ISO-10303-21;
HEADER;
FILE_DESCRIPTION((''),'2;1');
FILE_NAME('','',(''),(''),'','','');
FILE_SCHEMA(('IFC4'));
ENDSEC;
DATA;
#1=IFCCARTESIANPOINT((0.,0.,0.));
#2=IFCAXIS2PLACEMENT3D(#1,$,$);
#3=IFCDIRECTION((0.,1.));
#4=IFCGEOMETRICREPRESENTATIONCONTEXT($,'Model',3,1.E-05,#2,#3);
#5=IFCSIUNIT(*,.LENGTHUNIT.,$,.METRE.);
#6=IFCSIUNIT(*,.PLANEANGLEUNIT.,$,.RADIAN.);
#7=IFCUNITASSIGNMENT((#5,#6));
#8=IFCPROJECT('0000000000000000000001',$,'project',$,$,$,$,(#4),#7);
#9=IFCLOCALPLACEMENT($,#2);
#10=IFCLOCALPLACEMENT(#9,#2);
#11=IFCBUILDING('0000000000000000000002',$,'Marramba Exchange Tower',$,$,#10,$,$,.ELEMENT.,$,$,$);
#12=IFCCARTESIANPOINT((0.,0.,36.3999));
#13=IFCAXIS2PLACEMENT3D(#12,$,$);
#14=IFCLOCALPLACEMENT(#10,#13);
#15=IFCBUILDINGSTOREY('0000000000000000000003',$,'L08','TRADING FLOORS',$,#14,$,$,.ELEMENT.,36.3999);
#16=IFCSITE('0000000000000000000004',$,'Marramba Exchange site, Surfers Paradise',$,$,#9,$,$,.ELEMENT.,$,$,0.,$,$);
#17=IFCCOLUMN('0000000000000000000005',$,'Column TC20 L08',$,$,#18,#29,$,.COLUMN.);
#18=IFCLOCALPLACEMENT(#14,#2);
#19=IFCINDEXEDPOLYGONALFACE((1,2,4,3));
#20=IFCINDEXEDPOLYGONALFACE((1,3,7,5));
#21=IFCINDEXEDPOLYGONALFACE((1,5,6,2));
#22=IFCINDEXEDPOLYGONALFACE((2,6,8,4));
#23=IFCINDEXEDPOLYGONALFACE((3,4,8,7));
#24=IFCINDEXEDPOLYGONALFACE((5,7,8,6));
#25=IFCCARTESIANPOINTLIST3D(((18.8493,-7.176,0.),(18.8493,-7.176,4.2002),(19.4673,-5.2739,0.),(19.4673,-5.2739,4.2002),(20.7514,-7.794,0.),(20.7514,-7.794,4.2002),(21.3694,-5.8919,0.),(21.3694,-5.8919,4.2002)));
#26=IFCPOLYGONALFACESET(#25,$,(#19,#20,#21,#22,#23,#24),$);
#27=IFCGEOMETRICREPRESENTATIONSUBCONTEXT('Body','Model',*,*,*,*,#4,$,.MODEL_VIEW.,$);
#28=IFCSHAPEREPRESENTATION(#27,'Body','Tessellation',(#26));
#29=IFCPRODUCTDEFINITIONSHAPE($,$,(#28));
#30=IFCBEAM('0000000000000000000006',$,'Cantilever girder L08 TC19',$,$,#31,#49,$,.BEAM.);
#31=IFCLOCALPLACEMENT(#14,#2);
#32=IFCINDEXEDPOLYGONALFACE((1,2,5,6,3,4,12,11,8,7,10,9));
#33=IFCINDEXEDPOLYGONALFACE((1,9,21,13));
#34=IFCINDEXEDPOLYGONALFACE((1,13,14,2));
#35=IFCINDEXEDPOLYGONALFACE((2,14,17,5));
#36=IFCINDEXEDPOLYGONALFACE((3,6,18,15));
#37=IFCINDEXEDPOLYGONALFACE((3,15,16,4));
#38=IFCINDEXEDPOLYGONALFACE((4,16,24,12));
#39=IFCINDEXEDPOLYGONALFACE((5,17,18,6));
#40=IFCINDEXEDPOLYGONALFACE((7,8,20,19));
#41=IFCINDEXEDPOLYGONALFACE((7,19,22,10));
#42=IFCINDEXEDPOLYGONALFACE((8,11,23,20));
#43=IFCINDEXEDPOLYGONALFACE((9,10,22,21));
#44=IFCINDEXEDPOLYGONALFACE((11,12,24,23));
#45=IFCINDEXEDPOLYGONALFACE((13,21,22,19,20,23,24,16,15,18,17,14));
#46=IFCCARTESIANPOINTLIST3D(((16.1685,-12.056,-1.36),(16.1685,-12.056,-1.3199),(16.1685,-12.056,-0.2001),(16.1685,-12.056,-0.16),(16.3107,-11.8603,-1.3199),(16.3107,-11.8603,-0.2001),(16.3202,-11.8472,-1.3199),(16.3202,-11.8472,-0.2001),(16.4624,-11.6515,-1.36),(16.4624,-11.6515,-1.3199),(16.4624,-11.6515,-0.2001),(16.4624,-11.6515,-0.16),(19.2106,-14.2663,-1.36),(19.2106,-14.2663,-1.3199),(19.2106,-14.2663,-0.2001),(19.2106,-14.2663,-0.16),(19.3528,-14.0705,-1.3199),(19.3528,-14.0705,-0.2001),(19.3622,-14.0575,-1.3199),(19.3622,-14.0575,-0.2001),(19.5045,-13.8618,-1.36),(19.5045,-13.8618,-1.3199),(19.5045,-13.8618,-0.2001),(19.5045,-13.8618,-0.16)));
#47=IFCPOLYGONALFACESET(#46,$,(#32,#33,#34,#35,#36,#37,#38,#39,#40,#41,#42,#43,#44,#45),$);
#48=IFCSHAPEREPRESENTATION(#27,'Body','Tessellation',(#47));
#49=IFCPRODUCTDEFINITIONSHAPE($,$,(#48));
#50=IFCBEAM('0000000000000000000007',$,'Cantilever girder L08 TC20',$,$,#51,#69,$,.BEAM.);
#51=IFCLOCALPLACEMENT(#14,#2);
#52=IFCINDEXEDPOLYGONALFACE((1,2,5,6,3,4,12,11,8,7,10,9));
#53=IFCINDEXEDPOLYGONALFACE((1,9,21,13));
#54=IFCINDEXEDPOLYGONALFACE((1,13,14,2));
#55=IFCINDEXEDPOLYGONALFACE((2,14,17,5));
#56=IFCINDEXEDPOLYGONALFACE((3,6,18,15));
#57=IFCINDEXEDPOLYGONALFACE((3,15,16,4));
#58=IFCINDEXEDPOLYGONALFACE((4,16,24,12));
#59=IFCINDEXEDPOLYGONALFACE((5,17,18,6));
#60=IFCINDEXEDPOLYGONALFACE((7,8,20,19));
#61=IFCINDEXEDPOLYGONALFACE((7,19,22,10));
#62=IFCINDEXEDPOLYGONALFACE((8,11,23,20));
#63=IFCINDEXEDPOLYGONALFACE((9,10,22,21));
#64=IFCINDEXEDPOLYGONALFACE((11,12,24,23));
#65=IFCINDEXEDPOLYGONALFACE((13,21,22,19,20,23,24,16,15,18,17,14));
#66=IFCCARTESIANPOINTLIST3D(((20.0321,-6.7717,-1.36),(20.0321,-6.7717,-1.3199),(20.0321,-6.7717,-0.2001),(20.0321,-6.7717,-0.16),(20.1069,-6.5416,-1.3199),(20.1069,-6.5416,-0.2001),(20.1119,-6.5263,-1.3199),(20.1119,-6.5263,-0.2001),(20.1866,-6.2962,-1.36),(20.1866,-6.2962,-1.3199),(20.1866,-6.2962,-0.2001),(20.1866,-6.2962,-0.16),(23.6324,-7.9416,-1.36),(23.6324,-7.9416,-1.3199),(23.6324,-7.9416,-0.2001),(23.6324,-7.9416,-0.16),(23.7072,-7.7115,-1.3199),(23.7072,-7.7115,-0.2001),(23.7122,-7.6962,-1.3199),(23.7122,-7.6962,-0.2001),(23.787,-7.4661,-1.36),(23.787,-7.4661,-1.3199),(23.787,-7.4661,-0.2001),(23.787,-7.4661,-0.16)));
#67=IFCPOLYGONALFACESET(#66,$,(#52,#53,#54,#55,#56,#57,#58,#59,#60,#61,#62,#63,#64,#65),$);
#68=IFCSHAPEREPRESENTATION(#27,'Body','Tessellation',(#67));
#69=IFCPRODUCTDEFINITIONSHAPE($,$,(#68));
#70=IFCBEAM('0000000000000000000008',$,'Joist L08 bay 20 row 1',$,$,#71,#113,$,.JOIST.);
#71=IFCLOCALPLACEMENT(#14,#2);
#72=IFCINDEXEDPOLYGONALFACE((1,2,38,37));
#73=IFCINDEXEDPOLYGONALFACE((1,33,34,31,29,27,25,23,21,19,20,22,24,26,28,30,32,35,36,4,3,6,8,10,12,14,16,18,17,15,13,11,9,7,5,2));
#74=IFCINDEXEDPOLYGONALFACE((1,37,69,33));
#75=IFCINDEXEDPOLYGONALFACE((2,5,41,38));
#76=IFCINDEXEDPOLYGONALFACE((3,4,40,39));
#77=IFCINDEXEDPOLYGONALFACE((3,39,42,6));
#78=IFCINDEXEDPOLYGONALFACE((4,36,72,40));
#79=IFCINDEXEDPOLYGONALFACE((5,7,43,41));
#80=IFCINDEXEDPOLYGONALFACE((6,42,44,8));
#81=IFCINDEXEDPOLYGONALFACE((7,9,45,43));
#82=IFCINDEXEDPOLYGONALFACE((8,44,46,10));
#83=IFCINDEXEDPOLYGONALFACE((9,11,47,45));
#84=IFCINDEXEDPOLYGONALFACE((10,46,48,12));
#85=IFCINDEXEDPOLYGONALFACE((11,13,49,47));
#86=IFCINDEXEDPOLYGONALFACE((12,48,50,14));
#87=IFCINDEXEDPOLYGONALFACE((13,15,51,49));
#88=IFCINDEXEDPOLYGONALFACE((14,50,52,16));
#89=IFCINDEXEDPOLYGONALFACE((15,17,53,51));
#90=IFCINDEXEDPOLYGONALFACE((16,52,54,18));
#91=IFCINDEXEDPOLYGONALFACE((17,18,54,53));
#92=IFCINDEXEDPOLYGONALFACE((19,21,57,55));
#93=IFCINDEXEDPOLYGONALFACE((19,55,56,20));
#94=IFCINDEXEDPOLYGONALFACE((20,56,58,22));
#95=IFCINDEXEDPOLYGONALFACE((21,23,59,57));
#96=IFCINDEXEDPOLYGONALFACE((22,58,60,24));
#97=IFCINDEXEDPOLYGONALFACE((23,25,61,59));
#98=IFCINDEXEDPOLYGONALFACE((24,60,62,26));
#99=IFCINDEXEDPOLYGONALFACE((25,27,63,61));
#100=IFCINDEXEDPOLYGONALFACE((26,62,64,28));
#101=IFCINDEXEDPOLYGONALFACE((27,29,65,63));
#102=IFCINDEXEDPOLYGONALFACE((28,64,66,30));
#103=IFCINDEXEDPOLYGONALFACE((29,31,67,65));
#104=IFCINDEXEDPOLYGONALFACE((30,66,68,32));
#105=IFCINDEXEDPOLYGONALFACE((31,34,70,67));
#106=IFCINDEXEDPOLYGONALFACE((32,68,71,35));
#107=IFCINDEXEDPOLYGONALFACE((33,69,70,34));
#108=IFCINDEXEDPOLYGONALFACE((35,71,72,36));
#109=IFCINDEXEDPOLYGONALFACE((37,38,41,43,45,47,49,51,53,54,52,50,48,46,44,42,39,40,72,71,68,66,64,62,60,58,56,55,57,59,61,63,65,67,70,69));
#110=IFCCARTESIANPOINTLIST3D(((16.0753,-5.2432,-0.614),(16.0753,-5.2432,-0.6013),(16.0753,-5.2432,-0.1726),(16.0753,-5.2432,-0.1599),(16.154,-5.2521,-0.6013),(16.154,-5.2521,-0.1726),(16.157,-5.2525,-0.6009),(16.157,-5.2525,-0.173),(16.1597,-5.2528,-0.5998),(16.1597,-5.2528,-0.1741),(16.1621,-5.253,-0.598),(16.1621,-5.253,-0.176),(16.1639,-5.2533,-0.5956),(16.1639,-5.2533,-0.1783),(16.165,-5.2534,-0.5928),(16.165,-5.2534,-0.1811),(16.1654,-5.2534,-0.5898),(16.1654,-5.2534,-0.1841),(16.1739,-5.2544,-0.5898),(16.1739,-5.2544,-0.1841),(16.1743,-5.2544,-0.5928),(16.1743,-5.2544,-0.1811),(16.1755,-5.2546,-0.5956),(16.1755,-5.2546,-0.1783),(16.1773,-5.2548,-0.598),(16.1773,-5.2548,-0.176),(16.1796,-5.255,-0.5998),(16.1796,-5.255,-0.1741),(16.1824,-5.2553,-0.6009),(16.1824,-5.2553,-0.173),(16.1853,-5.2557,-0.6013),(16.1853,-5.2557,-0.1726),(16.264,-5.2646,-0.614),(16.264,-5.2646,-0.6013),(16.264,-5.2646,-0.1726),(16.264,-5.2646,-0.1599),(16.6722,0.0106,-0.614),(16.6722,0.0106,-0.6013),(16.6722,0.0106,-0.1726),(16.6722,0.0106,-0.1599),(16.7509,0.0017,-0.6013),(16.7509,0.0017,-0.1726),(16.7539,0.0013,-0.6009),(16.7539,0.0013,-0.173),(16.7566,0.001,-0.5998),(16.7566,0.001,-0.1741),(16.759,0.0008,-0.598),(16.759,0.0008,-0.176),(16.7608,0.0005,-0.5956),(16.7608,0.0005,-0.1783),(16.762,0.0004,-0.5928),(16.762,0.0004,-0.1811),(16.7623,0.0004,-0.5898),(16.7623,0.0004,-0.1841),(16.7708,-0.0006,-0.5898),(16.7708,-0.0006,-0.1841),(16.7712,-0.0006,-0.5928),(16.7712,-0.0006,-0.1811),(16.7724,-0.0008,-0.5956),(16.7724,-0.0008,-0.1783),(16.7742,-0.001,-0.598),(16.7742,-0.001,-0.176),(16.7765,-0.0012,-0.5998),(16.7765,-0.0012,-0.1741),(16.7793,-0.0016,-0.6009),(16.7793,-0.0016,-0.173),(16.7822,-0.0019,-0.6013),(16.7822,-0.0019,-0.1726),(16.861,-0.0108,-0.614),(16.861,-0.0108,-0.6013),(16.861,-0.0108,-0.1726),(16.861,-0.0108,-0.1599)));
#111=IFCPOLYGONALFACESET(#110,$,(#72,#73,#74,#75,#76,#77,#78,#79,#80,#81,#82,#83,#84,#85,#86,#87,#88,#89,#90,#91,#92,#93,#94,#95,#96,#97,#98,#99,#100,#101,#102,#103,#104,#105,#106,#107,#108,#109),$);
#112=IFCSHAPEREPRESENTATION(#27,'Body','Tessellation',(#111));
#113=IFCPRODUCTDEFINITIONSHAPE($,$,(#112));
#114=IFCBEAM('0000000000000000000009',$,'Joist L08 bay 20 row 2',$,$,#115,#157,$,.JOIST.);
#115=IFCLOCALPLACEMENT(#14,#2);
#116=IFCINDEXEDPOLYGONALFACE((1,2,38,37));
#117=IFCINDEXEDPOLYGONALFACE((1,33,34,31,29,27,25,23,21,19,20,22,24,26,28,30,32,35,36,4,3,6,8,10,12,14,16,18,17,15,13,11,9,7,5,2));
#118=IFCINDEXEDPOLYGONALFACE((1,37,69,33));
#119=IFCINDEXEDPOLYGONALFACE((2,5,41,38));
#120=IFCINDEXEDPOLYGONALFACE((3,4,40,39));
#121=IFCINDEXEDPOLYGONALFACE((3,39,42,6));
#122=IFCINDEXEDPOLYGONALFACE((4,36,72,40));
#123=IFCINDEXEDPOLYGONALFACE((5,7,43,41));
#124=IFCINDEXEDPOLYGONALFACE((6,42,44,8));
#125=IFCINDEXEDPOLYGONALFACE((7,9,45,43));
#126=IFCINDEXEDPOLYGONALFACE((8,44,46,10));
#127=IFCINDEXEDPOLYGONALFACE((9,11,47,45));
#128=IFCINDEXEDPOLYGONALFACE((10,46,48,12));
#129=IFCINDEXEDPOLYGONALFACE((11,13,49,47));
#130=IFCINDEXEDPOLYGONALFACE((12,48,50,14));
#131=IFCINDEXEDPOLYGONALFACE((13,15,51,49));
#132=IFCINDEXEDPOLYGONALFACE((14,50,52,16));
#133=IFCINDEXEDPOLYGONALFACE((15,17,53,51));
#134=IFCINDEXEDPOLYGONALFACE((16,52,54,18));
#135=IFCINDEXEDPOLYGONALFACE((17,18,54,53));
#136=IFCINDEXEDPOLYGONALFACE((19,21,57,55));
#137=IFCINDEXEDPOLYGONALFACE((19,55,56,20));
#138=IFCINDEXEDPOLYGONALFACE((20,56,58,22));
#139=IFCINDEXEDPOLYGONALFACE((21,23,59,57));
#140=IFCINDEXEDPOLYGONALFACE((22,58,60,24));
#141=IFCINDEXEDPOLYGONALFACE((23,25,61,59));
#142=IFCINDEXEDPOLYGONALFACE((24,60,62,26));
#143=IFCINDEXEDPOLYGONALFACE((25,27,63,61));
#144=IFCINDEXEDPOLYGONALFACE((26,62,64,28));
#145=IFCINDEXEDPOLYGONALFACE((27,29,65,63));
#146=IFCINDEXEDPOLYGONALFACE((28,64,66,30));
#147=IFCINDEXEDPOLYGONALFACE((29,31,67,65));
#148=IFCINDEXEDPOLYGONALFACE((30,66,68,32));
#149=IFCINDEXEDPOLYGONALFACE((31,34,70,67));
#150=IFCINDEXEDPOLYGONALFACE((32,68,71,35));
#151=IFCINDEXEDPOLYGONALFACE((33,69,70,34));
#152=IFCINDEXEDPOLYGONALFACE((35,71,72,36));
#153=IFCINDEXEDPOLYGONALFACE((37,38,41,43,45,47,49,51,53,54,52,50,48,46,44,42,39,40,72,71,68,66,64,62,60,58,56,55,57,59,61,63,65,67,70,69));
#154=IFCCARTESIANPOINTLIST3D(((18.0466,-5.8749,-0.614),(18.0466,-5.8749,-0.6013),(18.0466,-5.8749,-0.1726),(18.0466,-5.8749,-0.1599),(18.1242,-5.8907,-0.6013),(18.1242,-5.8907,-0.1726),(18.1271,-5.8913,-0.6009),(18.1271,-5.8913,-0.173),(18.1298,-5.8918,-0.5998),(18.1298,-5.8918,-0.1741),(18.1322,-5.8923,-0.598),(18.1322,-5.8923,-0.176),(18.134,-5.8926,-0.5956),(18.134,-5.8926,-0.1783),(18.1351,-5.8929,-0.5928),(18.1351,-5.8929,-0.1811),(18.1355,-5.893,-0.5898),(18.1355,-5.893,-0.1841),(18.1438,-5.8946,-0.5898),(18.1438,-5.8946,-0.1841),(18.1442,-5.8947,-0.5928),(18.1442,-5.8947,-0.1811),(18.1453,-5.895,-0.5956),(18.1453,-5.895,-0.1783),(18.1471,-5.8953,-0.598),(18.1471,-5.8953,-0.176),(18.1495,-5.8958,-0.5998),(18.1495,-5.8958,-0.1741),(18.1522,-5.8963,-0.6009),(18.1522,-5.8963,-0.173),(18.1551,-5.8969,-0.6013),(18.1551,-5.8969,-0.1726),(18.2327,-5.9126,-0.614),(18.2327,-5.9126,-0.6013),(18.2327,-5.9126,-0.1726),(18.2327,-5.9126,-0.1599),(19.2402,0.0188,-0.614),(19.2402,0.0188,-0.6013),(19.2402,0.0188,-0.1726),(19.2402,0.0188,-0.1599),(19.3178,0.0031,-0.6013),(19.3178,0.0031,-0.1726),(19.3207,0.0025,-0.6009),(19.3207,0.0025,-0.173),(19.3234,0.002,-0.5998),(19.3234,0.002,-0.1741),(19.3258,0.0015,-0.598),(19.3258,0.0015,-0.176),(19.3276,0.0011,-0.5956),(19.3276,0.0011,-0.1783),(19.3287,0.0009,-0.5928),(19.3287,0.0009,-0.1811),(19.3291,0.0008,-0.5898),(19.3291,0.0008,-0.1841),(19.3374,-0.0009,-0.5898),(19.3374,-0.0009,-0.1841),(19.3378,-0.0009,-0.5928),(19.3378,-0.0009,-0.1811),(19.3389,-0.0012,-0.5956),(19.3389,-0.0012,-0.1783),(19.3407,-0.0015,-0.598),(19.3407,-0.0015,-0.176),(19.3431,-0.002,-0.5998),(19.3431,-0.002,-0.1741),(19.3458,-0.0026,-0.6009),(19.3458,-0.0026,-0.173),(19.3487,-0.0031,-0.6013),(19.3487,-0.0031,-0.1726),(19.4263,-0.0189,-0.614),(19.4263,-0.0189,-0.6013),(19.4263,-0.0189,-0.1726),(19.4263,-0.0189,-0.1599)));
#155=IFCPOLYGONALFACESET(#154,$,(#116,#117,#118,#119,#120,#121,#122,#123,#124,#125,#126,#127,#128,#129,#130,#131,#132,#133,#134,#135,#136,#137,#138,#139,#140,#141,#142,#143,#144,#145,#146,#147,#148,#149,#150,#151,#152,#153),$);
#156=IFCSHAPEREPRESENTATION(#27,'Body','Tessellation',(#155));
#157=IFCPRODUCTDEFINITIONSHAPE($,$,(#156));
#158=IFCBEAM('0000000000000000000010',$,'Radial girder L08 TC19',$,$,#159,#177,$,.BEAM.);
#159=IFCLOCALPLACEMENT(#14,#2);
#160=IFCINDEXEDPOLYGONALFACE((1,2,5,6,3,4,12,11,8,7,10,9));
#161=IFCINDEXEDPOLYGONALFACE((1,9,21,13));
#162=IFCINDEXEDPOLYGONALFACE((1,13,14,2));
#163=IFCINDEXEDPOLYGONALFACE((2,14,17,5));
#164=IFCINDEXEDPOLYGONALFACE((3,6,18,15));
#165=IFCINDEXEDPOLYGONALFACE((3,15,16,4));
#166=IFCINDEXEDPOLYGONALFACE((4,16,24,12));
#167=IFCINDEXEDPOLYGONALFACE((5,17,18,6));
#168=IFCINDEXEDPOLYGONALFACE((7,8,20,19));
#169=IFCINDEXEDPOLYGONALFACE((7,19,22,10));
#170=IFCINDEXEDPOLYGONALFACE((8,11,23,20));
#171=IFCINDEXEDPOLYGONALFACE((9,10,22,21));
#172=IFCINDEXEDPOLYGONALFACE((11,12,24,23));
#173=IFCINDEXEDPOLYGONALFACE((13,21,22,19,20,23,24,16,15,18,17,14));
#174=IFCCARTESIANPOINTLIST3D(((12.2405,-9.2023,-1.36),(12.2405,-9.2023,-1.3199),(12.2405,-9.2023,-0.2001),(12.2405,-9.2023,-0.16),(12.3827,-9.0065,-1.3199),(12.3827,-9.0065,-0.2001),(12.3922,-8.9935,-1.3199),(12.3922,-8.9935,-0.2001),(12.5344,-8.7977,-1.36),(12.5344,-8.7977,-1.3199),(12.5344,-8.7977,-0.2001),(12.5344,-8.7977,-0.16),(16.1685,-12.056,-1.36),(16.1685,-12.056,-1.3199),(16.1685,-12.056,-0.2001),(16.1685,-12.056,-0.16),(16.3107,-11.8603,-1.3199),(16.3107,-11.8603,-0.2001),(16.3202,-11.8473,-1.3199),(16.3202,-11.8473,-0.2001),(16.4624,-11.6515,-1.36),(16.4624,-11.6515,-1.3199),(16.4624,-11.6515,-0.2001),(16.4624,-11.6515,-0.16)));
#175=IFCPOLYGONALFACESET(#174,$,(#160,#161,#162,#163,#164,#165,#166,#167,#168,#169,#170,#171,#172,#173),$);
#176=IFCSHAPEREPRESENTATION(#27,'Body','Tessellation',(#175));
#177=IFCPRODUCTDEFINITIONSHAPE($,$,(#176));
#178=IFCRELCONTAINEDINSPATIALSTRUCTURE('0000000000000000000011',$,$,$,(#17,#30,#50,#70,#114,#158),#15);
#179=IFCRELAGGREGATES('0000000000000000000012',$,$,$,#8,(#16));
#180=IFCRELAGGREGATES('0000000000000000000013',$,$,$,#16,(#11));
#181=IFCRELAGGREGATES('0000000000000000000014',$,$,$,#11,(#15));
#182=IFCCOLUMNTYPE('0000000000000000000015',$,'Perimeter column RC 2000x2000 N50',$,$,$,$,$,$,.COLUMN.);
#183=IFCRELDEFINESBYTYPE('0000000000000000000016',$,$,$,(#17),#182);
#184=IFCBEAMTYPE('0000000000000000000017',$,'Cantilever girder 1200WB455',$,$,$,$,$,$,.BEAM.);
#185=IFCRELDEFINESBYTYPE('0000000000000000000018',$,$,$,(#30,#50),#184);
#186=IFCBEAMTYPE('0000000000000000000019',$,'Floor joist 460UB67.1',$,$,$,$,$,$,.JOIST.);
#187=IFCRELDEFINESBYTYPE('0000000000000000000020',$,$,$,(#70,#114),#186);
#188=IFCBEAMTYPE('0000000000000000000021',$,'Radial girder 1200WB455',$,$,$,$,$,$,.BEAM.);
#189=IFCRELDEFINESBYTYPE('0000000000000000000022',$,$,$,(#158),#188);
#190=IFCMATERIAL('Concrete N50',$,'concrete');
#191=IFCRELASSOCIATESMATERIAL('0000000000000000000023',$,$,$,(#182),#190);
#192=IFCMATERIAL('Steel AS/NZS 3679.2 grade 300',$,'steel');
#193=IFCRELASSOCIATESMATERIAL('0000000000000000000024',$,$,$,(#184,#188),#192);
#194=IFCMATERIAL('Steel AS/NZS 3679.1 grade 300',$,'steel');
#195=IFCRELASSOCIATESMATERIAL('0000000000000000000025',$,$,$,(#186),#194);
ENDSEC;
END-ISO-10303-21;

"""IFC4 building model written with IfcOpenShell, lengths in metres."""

from ifc_helpers import new_model, si_unit, direction, frame, origin, origin_2d, place, context, subcontext, project, spatial, rectangle, i_section, extrude, material, material_profile, profile_set, type_object, element, save


model = new_model("IFC4")

# Units and contexts
model_context = context("Model", 3, precision=1e-05, world=origin(), true_north=direction((0.0, 1.0)))
body_context = subcontext(model_context, "Body", "Model", "MODEL_VIEW")
ifc_project = project(units=[si_unit("LENGTHUNIT", "METRE"), si_unit("PLANEANGLEUNIT", "RADIAN")], contexts=[model_context])

# Site, building, storey
site_placement = place(None, origin())
site = spatial("IfcSite", under=ifc_project, at=site_placement, Name="Marramba Exchange site, Surfers Paradise", CompositionType="ELEMENT", RefElevation=0.0)
building_placement = place(site_placement, origin())
building = spatial("IfcBuilding", under=site, at=building_placement, Name="Marramba Exchange Tower", CompositionType="ELEMENT")
storey_placement = place(building_placement, frame((0.0, 0.0, 36.3999)))
storey = spatial("IfcBuildingStorey", under=building, at=storey_placement, Name="L08", Description="TRADING FLOORS", CompositionType="ELEMENT", Elevation=36.3999)

# Column
ifc_material_1 = material(Name="Concrete N50", Category="concrete")
ifc_material_profile_1 = material_profile(ifc_material_1, rectangle(XDim=2.0, YDim=2.0, at=origin_2d()), Name="RC 2000x2000")
ifc_profile_set_1 = profile_set([ifc_material_profile_1], Name="Concrete N50")
column_type = type_object("IfcColumnType", Name="Perimeter column RC 2000x2000 N50", PredefinedType="COLUMN", material=ifc_profile_set_1)
column_placement = place(storey_placement, frame((20.1094, -6.5339, 0.0), z_axis=(0.0, 0.0, 1.0), x_axis=(0.951057, -0.309017, 0.0)))
element("IfcColumn", 1, at=column_placement, inside=storey, type_object=column_type, Name="Column TC20 L08", PredefinedType="COLUMN", context=body_context, shape_type="SweptSolid", body=[
    extrude(rectangle(XDim=2.0, YDim=2.0, at=origin_2d()), origin(), (0.0, 0.0, 1.0), 4.2002),
])

# Beams
ifc_material_2 = material(Name="Steel AS/NZS 3679.2 grade 300", Category="steel")
ifc_material_profile_2 = material_profile(ifc_material_2, i_section(OverallWidth=0.5, OverallDepth=1.2, WebThickness=0.0161, FlangeThickness=0.04, at=origin_2d()), Name="1200WB455")
ifc_profile_set_2 = profile_set([ifc_material_profile_2], Name="Steel AS/NZS 3679.2 grade 300")
beam_type_1 = type_object("IfcBeamType", Name="Cantilever girder 1200WB455", PredefinedType="BEAM", material=ifc_profile_set_2)
beam_1_placement = place(storey_placement, frame((16.3154, -11.8538, -0.76), z_axis=(0.809008, -0.587797, 0.0), x_axis=(0.587797, 0.809008, 0.0)))
element("IfcBeam", 2, at=beam_1_placement, inside=storey, type_object=beam_type_1, Name="Cantilever girder L08 TC19", PredefinedType="BEAM", context=body_context, shape_type="SweptSolid", body=[
    extrude(i_section(OverallWidth=0.5, OverallDepth=1.2, WebThickness=0.0161, FlangeThickness=0.04, at=origin_2d()), origin(), (0.0, 0.0, 1.0), 3.7603),
])
beam_2_placement = place(storey_placement, frame((20.1094, -6.5339, -0.76), z_axis=(0.951049, -0.309041, 0.0), x_axis=(0.309041, 0.951049, 0.0)))
element("IfcBeam", 3, at=beam_2_placement, inside=storey, type_object=beam_type_1, Name="Cantilever girder L08 TC20", PredefinedType="BEAM", context=body_context, shape_type="SweptSolid", body=[
    extrude(i_section(OverallWidth=0.5, OverallDepth=1.2, WebThickness=0.0161, FlangeThickness=0.04, at=origin_2d()), origin(), (0.0, 0.0, 1.0), 3.7856),
])
ifc_material_3 = material(Name="Steel AS/NZS 3679.1 grade 300", Category="steel")
ifc_material_profile_3 = material_profile(ifc_material_3, i_section(OverallWidth=0.1899, OverallDepth=0.4541, WebThickness=0.0085, FlangeThickness=0.0127, FilletRadius=0.0115, at=origin_2d()), Name="460UB67.1")
ifc_profile_set_3 = profile_set([ifc_material_profile_3], Name="Steel AS/NZS 3679.1 grade 300")
beam_type_2 = type_object("IfcBeamType", Name="Floor joist 460UB67.1", PredefinedType="JOIST", material=ifc_profile_set_3)
beam_3_placement = place(storey_placement, frame((16.1697, -5.2539, -0.387), z_axis=(0.112889, 0.993608, 0.0), x_axis=(-0.993608, 0.112889, 0.0)))
element("IfcBeam", 4, at=beam_3_placement, inside=storey, type_object=beam_type_2, Name="Joist L08 bay 20 row 1", PredefinedType="JOIST", context=body_context, shape_type="SweptSolid", body=[
    extrude(i_section(OverallWidth=0.1899, OverallDepth=0.4541, WebThickness=0.0085, FlangeThickness=0.0127, FilletRadius=0.0115, at=origin_2d()), origin(), (0.0, 0.0, 1.0), 5.2876),
])
beam_4_placement = place(storey_placement, frame((18.1396, -5.8938, -0.387), z_axis=(0.198489, 0.980103, 0.0), x_axis=(-0.980103, 0.198489, 0.0)))
element("IfcBeam", 5, at=beam_4_placement, inside=storey, type_object=beam_type_2, Name="Joist L08 bay 20 row 2", PredefinedType="JOIST", context=body_context, shape_type="SweptSolid", body=[
    extrude(i_section(OverallWidth=0.1899, OverallDepth=0.4541, WebThickness=0.0085, FlangeThickness=0.0127, FilletRadius=0.0115, at=origin_2d()), origin(), (0.0, 0.0, 1.0), 6.0134),
])
ifc_material_profile_4 = material_profile(ifc_material_2, i_section(OverallWidth=0.5, OverallDepth=1.2, WebThickness=0.0161, FlangeThickness=0.04, at=origin_2d()), Name="1200WB455")
ifc_profile_set_4 = profile_set([ifc_material_profile_4], Name="Steel AS/NZS 3679.2 grade 300")
beam_type_3 = type_object("IfcBeamType", Name="Radial girder 1200WB455", PredefinedType="BEAM", material=ifc_profile_set_4)
beam_5_placement = place(storey_placement, frame((12.3875, -9.0, -0.76), z_axis=(0.809025, -0.587774, 0.0), x_axis=(0.587774, 0.809025, 0.0)))
element("IfcBeam", 6, at=beam_5_placement, inside=storey, type_object=beam_type_3, Name="Radial girder L08 TC19", PredefinedType="BEAM", context=body_context, shape_type="SweptSolid", body=[
    extrude(i_section(OverallWidth=0.5, OverallDepth=1.2, WebThickness=0.0161, FlangeThickness=0.04, at=origin_2d()), origin(), (0.0, 0.0, 1.0), 4.8552),
])

save(model, "model.ifc")
